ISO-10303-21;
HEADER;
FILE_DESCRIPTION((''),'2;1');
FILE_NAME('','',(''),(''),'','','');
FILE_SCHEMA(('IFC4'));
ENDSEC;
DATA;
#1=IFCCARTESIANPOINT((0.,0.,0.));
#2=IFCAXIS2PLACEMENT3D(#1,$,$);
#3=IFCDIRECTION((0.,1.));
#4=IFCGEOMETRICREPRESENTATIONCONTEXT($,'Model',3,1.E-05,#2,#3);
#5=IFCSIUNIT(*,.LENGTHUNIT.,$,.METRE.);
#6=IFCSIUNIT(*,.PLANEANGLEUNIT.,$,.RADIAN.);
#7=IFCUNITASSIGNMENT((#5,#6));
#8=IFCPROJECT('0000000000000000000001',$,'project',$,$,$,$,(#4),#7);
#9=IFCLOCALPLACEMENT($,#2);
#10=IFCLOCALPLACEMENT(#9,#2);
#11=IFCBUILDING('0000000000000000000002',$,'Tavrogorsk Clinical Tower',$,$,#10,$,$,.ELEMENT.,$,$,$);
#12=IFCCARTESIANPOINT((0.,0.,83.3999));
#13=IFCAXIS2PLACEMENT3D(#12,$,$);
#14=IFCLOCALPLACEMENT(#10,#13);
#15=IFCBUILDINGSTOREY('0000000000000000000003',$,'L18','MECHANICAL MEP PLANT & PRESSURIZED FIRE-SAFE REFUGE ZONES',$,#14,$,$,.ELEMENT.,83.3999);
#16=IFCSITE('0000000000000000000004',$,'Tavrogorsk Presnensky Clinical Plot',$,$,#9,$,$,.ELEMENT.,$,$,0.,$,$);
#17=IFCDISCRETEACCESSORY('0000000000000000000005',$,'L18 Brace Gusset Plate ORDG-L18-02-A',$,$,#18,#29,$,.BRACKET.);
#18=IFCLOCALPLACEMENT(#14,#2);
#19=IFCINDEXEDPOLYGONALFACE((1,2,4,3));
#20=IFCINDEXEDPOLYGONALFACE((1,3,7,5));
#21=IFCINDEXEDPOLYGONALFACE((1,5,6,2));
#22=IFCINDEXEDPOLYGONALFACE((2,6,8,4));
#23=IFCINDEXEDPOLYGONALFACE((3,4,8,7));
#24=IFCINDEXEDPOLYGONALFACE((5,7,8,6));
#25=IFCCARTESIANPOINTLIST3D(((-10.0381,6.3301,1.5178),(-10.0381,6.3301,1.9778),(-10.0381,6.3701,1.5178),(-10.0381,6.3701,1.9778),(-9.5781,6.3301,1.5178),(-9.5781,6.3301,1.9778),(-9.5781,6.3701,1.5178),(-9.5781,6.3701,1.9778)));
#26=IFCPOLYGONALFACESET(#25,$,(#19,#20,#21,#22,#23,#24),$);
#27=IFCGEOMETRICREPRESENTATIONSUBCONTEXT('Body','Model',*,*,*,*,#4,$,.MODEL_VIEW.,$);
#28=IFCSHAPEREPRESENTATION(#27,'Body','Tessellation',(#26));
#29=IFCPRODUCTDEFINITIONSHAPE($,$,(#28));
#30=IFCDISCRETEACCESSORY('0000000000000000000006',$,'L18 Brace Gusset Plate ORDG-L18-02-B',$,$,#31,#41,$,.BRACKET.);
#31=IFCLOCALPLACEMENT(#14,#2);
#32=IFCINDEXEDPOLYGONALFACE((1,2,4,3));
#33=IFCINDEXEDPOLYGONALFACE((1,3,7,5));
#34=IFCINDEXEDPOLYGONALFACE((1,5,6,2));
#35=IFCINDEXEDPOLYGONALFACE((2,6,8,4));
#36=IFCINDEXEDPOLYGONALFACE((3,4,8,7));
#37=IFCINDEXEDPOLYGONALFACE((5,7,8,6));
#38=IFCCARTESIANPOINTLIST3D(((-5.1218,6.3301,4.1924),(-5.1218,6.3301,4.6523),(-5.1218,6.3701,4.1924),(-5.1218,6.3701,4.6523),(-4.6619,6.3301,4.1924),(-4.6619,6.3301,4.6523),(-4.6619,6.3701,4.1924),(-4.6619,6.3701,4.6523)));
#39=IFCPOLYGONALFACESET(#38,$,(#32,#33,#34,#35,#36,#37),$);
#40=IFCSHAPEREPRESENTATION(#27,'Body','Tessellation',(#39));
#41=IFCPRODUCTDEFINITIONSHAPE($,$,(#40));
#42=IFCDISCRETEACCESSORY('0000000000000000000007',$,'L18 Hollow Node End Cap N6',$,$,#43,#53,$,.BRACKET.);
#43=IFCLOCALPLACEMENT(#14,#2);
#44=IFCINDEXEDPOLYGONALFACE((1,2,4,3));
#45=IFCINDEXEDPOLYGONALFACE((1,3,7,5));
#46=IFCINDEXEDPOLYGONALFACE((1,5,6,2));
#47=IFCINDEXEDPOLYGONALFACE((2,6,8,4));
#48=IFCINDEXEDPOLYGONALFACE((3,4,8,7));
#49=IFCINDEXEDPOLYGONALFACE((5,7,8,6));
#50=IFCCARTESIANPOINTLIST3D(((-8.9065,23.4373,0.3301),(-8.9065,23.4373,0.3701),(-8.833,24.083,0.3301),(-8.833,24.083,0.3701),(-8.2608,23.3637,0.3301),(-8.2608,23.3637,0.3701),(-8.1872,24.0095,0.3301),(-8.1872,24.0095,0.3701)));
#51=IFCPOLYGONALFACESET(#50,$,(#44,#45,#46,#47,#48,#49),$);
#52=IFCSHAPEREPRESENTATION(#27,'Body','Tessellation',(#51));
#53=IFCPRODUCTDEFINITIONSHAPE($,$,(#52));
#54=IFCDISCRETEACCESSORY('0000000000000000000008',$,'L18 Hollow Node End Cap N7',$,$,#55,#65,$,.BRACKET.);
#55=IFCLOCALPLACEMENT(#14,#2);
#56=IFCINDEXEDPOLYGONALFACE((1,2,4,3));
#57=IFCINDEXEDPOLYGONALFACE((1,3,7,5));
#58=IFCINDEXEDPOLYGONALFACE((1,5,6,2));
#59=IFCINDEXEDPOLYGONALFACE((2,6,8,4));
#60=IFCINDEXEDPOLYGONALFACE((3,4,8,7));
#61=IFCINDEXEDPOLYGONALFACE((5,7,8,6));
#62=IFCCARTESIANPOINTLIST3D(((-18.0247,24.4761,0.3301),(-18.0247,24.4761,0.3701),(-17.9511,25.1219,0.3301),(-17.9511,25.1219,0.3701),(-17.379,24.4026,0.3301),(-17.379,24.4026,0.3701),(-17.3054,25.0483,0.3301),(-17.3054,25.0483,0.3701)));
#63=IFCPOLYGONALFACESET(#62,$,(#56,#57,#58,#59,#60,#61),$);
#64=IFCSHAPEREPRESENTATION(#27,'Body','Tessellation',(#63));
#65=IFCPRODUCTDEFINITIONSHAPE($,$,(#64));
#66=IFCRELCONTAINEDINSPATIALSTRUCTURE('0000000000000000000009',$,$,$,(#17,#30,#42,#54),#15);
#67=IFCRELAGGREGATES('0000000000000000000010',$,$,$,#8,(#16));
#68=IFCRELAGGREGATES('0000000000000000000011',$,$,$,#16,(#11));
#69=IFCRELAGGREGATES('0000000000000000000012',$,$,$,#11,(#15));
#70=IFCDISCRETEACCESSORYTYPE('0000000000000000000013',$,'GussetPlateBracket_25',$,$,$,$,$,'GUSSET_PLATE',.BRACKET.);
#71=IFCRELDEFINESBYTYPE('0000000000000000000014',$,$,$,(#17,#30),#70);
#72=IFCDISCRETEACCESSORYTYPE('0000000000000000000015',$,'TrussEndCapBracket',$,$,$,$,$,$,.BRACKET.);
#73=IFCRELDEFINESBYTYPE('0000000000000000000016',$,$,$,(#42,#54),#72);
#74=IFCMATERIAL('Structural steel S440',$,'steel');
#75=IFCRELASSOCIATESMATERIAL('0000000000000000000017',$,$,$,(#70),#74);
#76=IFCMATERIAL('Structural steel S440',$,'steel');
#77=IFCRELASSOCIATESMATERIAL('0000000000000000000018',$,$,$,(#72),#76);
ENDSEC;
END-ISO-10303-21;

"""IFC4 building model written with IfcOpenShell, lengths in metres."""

from ifc_helpers import new_model, si_unit, direction, frame, origin, origin_2d, place, context, subcontext, project, spatial, rectangle, extrude, material, type_object, element, save


model = new_model("IFC4")

# Units and contexts
model_context = context("Model", 3, precision=1e-05, world=origin(), true_north=direction((0.0, 1.0)))
body_context = subcontext(model_context, "Body", "Model", "MODEL_VIEW")
ifc_project = project(units=[si_unit("LENGTHUNIT", "METRE"), si_unit("PLANEANGLEUNIT", "RADIAN")], contexts=[model_context])

# Site, building, storey
site_placement = place(None, origin())
site = spatial("IfcSite", under=ifc_project, at=site_placement, Name="Tavrogorsk Presnensky Clinical Plot", CompositionType="ELEMENT", RefElevation=0.0)
building_placement = place(site_placement, origin())
building = spatial("IfcBuilding", under=site, at=building_placement, Name="Tavrogorsk Clinical Tower", CompositionType="ELEMENT")
storey_placement = place(building_placement, frame((0.0, 0.0, 83.3999)))
storey = spatial("IfcBuildingStorey", under=building, at=storey_placement, Name="L18", Description="MECHANICAL MEP PLANT & PRESSURIZED FIRE-SAFE REFUGE ZONES", CompositionType="ELEMENT", Elevation=83.3999)

# Discrete accessories
ifc_material_1 = material(Name="Structural steel S440", Category="steel")
discrete_accessory_type_1 = type_object("IfcDiscreteAccessoryType", Name="GussetPlateBracket_25", ElementType="GUSSET_PLATE", PredefinedType="BRACKET", material=ifc_material_1)
for number, where, z_axis, x_axis, name in (
    (1, (-9.8081, 6.3501, 1.5178), (0.0, 0.0, 1.0), (1.0, 0.0, 0.0), "L18 Brace Gusset Plate ORDG-L18-02-A"),
    (2, (-4.8918, 6.3501, 4.1924), (0.0, 0.0, 1.0), (1.0, 0.0, 0.0), "L18 Brace Gusset Plate ORDG-L18-02-B"),
):
    element("IfcDiscreteAccessory", number, at=place(storey_placement, frame(where, z_axis=z_axis, x_axis=x_axis)), inside=storey, type_object=discrete_accessory_type_1, Name=name, PredefinedType="BRACKET", context=body_context, shape_type="SweptSolid", body=[
        extrude(rectangle(XDim=0.46, YDim=0.04, at=origin_2d()), origin(), (0.0, 0.0, 1.0), 0.46),
    ])
ifc_material_2 = material(Name="Structural steel S440", Category="steel")
discrete_accessory_type_2 = type_object("IfcDiscreteAccessoryType", Name="TrussEndCapBracket", PredefinedType="BRACKET", material=ifc_material_2)
for number, where, z_axis, x_axis, name in (
    (3, (-8.5469, 23.7234, 0.3301), (0.0, 0.0, 1.0), (0.993572, -0.113203, 0.0), "L18 Hollow Node End Cap N6"),
    (4, (-17.665, 24.7622, 0.3301), (0.0, 0.0, 1.0), (0.993572, -0.113203, 0.0), "L18 Hollow Node End Cap N7"),
):
    element("IfcDiscreteAccessory", number, at=place(storey_placement, frame(where, z_axis=z_axis, x_axis=x_axis)), inside=storey, type_object=discrete_accessory_type_2, Name=name, PredefinedType="BRACKET", context=body_context, shape_type="SweptSolid", body=[
        extrude(rectangle(XDim=0.6499, YDim=0.6499, at=origin_2d()), origin(), (0.0, 0.0, 1.0), 0.04),
    ])

save(model, "model.ifc")
